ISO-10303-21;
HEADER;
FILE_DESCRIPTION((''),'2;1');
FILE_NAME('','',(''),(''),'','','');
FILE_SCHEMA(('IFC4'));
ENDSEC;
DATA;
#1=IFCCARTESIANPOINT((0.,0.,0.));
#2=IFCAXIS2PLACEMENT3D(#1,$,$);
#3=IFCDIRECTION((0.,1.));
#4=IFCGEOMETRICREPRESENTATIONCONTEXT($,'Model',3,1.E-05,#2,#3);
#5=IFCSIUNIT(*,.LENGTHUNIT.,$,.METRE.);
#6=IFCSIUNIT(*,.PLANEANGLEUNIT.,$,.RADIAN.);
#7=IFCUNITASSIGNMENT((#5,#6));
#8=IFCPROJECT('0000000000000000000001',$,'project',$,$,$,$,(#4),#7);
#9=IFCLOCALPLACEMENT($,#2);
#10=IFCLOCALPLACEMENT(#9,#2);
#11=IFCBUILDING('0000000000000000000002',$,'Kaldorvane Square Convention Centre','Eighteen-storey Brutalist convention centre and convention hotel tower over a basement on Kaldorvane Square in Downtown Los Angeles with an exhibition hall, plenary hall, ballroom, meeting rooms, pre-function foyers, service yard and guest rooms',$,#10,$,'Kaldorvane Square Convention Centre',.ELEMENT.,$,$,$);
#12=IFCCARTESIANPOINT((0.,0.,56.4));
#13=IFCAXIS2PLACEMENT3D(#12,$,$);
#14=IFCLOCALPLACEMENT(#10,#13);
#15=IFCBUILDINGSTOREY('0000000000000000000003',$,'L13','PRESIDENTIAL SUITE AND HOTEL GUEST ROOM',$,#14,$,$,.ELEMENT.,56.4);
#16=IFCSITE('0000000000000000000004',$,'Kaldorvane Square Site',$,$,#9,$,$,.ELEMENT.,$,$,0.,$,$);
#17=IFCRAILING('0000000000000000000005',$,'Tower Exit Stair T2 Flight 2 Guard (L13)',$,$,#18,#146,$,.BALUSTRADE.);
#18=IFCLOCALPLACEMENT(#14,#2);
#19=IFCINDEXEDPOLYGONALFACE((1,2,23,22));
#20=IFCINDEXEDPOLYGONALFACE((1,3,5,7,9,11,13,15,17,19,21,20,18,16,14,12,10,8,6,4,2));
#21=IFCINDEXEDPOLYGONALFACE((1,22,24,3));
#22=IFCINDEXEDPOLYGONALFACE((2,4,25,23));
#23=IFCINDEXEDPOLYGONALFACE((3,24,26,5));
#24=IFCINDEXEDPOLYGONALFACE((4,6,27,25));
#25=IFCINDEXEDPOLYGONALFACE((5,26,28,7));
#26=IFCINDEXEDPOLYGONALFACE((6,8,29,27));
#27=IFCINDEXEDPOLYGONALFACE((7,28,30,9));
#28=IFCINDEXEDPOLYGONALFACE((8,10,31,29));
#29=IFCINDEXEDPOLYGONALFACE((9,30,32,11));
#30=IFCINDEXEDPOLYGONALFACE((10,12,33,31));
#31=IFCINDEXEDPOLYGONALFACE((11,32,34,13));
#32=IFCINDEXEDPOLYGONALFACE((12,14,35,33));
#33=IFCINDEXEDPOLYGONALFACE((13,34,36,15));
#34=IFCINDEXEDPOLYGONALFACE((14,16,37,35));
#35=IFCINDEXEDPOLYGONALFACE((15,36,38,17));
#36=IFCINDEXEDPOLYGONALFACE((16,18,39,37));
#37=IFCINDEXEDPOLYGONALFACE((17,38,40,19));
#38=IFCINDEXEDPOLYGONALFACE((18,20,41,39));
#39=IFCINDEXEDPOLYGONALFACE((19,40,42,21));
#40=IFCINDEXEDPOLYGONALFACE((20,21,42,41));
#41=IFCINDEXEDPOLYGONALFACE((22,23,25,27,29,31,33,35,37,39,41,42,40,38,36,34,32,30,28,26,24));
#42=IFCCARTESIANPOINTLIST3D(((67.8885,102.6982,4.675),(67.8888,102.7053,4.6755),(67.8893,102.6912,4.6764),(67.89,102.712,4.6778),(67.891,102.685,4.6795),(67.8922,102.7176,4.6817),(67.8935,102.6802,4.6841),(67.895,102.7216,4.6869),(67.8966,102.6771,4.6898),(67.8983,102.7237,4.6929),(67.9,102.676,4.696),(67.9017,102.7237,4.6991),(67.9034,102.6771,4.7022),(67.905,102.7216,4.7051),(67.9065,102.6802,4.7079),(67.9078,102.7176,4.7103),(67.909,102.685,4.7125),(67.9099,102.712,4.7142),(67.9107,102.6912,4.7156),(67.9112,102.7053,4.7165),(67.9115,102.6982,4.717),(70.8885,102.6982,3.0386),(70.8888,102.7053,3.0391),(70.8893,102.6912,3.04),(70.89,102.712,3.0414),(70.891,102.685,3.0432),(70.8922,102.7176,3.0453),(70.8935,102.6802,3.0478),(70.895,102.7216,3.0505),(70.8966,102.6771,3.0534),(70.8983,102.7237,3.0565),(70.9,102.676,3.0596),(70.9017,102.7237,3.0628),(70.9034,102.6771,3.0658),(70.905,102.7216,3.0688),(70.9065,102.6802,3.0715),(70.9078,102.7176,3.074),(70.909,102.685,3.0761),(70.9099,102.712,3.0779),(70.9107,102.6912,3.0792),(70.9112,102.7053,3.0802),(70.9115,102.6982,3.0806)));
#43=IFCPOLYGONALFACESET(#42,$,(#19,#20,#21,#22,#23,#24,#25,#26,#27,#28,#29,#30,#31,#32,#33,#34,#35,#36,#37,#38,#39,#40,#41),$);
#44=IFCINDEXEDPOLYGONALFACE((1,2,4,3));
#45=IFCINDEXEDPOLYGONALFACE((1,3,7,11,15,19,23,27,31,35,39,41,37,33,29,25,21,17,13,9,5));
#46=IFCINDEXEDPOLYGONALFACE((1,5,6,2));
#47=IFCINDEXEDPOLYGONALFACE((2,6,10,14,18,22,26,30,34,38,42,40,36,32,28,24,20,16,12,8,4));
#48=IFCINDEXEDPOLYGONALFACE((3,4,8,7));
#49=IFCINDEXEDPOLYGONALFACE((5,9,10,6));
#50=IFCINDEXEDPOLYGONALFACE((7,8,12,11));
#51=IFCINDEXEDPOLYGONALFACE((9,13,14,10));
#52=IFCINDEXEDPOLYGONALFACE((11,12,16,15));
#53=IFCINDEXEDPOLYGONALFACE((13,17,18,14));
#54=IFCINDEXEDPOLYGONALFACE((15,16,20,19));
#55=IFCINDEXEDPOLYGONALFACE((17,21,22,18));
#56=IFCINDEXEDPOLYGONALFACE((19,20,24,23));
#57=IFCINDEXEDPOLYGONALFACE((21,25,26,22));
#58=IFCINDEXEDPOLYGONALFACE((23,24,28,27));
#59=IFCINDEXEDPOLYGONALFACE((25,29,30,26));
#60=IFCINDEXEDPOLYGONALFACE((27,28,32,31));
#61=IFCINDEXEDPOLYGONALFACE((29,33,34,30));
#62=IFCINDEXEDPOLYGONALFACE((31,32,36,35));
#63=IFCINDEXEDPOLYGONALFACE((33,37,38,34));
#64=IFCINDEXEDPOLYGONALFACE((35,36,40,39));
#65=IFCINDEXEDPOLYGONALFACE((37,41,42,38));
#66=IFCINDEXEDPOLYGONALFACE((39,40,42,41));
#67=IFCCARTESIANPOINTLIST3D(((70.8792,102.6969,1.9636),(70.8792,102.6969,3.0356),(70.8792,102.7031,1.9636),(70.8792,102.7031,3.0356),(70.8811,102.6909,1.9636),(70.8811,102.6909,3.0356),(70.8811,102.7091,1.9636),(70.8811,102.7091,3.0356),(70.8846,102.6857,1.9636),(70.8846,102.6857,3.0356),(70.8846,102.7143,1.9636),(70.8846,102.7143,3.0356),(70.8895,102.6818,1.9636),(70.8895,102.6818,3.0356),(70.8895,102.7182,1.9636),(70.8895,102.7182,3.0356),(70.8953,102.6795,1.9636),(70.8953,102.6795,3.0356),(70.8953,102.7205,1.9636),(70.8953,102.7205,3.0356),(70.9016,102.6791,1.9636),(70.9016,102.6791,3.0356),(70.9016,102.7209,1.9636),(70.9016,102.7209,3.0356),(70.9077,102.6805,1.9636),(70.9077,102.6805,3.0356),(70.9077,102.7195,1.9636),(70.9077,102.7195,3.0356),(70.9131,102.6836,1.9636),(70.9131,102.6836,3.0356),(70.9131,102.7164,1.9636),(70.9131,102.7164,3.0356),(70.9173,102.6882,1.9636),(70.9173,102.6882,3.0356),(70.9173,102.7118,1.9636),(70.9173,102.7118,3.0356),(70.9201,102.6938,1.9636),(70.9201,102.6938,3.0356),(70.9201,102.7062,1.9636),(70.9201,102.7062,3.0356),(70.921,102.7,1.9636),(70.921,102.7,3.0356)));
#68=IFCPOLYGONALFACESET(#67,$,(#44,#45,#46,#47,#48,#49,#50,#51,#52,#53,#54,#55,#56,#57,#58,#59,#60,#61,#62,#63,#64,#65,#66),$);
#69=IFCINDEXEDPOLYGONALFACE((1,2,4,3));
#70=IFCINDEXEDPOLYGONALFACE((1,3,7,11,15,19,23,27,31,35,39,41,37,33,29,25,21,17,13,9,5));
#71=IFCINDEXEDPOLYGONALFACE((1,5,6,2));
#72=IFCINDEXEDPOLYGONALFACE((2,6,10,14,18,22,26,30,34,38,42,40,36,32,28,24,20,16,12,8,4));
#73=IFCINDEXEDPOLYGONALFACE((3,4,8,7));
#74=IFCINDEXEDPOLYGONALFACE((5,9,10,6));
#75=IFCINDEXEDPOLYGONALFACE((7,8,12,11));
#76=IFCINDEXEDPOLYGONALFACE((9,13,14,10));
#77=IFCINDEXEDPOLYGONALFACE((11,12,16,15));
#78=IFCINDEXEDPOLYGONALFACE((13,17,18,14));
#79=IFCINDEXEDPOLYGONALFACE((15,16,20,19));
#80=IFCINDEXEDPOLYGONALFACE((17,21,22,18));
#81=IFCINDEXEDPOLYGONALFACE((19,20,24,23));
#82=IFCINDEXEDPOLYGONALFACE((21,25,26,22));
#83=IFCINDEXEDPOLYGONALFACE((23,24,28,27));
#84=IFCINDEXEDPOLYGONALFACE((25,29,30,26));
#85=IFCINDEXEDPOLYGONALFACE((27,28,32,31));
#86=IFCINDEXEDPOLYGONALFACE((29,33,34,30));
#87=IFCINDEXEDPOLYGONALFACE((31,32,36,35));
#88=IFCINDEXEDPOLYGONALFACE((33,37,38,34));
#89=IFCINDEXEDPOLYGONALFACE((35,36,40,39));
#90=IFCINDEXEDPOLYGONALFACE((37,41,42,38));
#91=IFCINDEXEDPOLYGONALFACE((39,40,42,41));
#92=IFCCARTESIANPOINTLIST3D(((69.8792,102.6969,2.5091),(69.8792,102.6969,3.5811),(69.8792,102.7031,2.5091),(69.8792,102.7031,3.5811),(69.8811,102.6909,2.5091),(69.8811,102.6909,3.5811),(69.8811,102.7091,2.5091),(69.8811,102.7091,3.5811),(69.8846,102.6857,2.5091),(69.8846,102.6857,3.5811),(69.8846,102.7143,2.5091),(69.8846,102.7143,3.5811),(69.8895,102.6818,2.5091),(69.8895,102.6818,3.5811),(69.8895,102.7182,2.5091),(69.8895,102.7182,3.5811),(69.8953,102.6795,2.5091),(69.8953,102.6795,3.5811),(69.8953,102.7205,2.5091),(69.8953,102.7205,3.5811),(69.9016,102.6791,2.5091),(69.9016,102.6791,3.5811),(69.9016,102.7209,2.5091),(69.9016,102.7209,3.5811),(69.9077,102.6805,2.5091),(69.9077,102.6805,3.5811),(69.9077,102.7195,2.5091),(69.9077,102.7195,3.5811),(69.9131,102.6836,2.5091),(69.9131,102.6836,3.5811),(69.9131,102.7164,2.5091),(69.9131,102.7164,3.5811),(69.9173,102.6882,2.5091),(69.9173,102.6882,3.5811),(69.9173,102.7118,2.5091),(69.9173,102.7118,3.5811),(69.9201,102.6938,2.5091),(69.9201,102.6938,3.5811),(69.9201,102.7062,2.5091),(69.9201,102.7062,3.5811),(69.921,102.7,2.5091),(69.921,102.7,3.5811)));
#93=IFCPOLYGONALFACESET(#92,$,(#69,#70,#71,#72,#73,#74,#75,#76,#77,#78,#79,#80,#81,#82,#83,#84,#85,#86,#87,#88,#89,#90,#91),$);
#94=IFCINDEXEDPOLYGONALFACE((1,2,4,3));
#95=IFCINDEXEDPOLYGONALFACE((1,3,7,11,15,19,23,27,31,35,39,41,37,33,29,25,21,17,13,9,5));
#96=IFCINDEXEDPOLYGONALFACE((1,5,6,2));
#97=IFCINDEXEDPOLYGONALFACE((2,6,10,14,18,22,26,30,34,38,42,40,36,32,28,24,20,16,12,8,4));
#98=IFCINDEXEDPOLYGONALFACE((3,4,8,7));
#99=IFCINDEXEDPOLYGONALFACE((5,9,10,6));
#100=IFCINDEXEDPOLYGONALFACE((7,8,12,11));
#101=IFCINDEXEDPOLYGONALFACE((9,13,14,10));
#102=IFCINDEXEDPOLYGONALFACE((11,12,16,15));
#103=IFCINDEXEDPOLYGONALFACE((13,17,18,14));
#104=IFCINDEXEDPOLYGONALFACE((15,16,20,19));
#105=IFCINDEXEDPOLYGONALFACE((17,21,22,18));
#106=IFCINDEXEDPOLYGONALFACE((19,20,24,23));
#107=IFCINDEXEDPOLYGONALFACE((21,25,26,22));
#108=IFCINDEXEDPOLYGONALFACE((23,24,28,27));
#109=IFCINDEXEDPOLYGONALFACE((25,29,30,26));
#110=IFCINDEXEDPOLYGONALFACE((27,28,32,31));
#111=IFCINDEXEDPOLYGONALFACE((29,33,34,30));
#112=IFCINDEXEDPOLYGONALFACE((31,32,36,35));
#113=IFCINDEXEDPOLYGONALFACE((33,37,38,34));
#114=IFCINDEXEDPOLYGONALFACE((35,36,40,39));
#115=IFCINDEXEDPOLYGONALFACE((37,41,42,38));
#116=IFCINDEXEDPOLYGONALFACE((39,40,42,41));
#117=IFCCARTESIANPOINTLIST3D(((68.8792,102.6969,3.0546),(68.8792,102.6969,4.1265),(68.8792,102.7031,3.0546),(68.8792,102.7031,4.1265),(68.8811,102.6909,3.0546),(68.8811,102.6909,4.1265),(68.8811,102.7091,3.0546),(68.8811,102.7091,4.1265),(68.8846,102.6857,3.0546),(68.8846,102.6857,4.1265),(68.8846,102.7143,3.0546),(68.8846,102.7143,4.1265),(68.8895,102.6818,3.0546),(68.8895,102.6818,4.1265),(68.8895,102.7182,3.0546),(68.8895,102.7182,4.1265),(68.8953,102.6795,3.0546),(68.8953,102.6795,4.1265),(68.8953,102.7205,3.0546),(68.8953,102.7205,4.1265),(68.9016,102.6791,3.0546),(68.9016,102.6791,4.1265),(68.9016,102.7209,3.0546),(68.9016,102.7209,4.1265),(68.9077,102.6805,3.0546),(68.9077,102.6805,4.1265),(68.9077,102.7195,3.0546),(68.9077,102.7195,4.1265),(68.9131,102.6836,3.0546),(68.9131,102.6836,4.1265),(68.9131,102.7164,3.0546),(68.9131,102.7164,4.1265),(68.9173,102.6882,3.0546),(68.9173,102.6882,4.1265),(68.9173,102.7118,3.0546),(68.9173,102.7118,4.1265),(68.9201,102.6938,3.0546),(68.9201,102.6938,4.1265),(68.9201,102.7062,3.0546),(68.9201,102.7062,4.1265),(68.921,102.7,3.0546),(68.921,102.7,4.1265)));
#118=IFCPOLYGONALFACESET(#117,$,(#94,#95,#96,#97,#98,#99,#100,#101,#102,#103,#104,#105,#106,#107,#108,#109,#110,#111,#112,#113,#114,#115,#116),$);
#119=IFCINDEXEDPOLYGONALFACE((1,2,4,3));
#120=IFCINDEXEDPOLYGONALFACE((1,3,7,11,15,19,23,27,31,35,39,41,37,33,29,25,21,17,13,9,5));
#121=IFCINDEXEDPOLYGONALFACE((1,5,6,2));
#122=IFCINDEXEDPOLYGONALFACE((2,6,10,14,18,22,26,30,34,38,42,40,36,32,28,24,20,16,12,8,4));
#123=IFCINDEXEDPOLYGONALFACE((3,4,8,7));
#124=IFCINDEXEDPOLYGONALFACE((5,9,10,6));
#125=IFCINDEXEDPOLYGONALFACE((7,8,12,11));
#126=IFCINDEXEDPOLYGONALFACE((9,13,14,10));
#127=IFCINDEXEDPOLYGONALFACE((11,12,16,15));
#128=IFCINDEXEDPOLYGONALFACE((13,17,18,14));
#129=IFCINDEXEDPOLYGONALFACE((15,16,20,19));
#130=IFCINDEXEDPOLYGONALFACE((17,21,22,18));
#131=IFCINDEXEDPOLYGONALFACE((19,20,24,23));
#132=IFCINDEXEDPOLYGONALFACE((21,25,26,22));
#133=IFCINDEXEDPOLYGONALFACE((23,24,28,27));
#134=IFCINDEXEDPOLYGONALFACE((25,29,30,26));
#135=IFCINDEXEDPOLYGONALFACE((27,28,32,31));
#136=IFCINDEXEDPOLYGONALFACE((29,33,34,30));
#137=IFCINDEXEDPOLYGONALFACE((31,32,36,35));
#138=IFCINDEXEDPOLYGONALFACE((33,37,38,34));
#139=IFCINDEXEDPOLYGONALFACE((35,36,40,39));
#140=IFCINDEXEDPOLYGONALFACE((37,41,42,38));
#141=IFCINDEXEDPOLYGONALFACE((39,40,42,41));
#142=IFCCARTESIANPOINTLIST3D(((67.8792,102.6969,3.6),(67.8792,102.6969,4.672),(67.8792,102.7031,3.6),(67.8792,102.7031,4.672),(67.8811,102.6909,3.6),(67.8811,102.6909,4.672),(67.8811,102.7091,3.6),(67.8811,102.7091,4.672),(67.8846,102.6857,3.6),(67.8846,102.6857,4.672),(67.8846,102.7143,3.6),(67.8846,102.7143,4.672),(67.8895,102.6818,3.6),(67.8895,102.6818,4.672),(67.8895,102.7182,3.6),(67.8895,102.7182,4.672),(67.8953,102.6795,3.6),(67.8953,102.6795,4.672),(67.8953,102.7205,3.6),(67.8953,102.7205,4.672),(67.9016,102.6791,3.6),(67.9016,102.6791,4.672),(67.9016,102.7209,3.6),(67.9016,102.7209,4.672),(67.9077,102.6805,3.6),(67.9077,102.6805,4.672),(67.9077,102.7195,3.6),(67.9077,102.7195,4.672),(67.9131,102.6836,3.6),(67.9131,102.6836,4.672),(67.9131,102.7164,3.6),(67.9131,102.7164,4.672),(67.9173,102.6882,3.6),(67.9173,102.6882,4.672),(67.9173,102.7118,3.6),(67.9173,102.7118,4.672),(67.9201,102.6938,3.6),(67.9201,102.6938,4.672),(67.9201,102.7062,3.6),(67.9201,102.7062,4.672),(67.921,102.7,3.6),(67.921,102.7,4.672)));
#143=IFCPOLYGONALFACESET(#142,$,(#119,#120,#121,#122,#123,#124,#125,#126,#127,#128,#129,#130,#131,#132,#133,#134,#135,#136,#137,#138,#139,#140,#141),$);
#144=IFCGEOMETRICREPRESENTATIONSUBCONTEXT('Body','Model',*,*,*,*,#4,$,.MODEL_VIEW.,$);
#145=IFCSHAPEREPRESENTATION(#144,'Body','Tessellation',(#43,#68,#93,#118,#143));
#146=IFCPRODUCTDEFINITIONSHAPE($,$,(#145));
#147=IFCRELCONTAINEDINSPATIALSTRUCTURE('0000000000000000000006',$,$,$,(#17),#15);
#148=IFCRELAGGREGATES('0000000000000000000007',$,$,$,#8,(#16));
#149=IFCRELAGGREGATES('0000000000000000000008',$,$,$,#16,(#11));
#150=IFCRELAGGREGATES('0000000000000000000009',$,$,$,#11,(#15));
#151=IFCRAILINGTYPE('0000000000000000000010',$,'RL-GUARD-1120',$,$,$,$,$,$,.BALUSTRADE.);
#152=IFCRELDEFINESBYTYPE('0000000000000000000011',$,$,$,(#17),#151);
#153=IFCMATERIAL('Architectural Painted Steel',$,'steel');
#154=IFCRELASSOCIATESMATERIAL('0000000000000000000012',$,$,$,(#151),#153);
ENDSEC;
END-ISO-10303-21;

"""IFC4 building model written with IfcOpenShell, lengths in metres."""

from ifc_helpers import new_model, si_unit, direction, frame, origin, origin_2d, place, context, subcontext, project, spatial, circle, extrude, material, type_object, element, save


model = new_model("IFC4")

# Units and contexts
model_context = context("Model", 3, precision=1e-05, world=origin(), true_north=direction((0.0, 1.0)))
body_context = subcontext(model_context, "Body", "Model", "MODEL_VIEW")
ifc_project = project(units=[si_unit("LENGTHUNIT", "METRE"), si_unit("PLANEANGLEUNIT", "RADIAN")], contexts=[model_context])

# Site, building, storey
site_placement = place(None, origin())
site = spatial("IfcSite", under=ifc_project, at=site_placement, Name="Kaldorvane Square Site", CompositionType="ELEMENT", RefElevation=0.0)
building_placement = place(site_placement, origin())
building = spatial("IfcBuilding", under=site, at=building_placement, Name="Kaldorvane Square Convention Centre", Description="Eighteen-storey Brutalist convention centre and convention hotel tower over a basement on Kaldorvane Square in Downtown Los Angeles with an exhibition hall, plenary hall, ballroom, meeting rooms, pre-function foyers, service yard and guest rooms", LongName="Kaldorvane Square Convention Centre", CompositionType="ELEMENT")
storey_placement = place(building_placement, frame((0.0, 0.0, 56.4)))
storey = spatial("IfcBuildingStorey", under=building, at=storey_placement, Name="L13", Description="PRESIDENTIAL SUITE AND HOTEL GUEST ROOM", CompositionType="ELEMENT", Elevation=56.4)

# Railing
ifc_material_1 = material(Name="Architectural Painted Steel", Category="steel")
railing_type_1 = type_object("IfcRailingType", Name="RL-GUARD-1120", PredefinedType="BALUSTRADE", material=ifc_material_1)
railing_1_placement = place(storey_placement, frame((70.9, 102.7, 1.9636)))
element("IfcRailing", 1, at=railing_1_placement, inside=storey, type_object=railing_type_1, Name="Tower Exit Stair T2 Flight 2 Guard (L13)", PredefinedType="BALUSTRADE", context=body_context, shape_type="SweptSolid", body=[
    extrude(circle(Radius=0.024, at=origin_2d()), frame((0.0, 0.0, 1.096), z_axis=(-0.877895, 0.0, 0.478853), x_axis=(0.0, -1.0, 0.0)), (0.0, 0.0, 1.0), 3.4173),
    extrude(circle(Radius=0.021, at=origin_2d()), origin(), (0.0, 0.0, 1.0), 1.072),
    extrude(circle(Radius=0.021, at=origin_2d()), frame((-1.0, 0.0, 0.5455)), (0.0, 0.0, 1.0), 1.072),
    extrude(circle(Radius=0.021, at=origin_2d()), frame((-2.0, 0.0, 1.0909)), (0.0, 0.0, 1.0), 1.072),
    extrude(circle(Radius=0.021, at=origin_2d()), frame((-3.0, 0.0, 1.6364)), (0.0, 0.0, 1.0), 1.072),
])

save(model, "model.ifc")
